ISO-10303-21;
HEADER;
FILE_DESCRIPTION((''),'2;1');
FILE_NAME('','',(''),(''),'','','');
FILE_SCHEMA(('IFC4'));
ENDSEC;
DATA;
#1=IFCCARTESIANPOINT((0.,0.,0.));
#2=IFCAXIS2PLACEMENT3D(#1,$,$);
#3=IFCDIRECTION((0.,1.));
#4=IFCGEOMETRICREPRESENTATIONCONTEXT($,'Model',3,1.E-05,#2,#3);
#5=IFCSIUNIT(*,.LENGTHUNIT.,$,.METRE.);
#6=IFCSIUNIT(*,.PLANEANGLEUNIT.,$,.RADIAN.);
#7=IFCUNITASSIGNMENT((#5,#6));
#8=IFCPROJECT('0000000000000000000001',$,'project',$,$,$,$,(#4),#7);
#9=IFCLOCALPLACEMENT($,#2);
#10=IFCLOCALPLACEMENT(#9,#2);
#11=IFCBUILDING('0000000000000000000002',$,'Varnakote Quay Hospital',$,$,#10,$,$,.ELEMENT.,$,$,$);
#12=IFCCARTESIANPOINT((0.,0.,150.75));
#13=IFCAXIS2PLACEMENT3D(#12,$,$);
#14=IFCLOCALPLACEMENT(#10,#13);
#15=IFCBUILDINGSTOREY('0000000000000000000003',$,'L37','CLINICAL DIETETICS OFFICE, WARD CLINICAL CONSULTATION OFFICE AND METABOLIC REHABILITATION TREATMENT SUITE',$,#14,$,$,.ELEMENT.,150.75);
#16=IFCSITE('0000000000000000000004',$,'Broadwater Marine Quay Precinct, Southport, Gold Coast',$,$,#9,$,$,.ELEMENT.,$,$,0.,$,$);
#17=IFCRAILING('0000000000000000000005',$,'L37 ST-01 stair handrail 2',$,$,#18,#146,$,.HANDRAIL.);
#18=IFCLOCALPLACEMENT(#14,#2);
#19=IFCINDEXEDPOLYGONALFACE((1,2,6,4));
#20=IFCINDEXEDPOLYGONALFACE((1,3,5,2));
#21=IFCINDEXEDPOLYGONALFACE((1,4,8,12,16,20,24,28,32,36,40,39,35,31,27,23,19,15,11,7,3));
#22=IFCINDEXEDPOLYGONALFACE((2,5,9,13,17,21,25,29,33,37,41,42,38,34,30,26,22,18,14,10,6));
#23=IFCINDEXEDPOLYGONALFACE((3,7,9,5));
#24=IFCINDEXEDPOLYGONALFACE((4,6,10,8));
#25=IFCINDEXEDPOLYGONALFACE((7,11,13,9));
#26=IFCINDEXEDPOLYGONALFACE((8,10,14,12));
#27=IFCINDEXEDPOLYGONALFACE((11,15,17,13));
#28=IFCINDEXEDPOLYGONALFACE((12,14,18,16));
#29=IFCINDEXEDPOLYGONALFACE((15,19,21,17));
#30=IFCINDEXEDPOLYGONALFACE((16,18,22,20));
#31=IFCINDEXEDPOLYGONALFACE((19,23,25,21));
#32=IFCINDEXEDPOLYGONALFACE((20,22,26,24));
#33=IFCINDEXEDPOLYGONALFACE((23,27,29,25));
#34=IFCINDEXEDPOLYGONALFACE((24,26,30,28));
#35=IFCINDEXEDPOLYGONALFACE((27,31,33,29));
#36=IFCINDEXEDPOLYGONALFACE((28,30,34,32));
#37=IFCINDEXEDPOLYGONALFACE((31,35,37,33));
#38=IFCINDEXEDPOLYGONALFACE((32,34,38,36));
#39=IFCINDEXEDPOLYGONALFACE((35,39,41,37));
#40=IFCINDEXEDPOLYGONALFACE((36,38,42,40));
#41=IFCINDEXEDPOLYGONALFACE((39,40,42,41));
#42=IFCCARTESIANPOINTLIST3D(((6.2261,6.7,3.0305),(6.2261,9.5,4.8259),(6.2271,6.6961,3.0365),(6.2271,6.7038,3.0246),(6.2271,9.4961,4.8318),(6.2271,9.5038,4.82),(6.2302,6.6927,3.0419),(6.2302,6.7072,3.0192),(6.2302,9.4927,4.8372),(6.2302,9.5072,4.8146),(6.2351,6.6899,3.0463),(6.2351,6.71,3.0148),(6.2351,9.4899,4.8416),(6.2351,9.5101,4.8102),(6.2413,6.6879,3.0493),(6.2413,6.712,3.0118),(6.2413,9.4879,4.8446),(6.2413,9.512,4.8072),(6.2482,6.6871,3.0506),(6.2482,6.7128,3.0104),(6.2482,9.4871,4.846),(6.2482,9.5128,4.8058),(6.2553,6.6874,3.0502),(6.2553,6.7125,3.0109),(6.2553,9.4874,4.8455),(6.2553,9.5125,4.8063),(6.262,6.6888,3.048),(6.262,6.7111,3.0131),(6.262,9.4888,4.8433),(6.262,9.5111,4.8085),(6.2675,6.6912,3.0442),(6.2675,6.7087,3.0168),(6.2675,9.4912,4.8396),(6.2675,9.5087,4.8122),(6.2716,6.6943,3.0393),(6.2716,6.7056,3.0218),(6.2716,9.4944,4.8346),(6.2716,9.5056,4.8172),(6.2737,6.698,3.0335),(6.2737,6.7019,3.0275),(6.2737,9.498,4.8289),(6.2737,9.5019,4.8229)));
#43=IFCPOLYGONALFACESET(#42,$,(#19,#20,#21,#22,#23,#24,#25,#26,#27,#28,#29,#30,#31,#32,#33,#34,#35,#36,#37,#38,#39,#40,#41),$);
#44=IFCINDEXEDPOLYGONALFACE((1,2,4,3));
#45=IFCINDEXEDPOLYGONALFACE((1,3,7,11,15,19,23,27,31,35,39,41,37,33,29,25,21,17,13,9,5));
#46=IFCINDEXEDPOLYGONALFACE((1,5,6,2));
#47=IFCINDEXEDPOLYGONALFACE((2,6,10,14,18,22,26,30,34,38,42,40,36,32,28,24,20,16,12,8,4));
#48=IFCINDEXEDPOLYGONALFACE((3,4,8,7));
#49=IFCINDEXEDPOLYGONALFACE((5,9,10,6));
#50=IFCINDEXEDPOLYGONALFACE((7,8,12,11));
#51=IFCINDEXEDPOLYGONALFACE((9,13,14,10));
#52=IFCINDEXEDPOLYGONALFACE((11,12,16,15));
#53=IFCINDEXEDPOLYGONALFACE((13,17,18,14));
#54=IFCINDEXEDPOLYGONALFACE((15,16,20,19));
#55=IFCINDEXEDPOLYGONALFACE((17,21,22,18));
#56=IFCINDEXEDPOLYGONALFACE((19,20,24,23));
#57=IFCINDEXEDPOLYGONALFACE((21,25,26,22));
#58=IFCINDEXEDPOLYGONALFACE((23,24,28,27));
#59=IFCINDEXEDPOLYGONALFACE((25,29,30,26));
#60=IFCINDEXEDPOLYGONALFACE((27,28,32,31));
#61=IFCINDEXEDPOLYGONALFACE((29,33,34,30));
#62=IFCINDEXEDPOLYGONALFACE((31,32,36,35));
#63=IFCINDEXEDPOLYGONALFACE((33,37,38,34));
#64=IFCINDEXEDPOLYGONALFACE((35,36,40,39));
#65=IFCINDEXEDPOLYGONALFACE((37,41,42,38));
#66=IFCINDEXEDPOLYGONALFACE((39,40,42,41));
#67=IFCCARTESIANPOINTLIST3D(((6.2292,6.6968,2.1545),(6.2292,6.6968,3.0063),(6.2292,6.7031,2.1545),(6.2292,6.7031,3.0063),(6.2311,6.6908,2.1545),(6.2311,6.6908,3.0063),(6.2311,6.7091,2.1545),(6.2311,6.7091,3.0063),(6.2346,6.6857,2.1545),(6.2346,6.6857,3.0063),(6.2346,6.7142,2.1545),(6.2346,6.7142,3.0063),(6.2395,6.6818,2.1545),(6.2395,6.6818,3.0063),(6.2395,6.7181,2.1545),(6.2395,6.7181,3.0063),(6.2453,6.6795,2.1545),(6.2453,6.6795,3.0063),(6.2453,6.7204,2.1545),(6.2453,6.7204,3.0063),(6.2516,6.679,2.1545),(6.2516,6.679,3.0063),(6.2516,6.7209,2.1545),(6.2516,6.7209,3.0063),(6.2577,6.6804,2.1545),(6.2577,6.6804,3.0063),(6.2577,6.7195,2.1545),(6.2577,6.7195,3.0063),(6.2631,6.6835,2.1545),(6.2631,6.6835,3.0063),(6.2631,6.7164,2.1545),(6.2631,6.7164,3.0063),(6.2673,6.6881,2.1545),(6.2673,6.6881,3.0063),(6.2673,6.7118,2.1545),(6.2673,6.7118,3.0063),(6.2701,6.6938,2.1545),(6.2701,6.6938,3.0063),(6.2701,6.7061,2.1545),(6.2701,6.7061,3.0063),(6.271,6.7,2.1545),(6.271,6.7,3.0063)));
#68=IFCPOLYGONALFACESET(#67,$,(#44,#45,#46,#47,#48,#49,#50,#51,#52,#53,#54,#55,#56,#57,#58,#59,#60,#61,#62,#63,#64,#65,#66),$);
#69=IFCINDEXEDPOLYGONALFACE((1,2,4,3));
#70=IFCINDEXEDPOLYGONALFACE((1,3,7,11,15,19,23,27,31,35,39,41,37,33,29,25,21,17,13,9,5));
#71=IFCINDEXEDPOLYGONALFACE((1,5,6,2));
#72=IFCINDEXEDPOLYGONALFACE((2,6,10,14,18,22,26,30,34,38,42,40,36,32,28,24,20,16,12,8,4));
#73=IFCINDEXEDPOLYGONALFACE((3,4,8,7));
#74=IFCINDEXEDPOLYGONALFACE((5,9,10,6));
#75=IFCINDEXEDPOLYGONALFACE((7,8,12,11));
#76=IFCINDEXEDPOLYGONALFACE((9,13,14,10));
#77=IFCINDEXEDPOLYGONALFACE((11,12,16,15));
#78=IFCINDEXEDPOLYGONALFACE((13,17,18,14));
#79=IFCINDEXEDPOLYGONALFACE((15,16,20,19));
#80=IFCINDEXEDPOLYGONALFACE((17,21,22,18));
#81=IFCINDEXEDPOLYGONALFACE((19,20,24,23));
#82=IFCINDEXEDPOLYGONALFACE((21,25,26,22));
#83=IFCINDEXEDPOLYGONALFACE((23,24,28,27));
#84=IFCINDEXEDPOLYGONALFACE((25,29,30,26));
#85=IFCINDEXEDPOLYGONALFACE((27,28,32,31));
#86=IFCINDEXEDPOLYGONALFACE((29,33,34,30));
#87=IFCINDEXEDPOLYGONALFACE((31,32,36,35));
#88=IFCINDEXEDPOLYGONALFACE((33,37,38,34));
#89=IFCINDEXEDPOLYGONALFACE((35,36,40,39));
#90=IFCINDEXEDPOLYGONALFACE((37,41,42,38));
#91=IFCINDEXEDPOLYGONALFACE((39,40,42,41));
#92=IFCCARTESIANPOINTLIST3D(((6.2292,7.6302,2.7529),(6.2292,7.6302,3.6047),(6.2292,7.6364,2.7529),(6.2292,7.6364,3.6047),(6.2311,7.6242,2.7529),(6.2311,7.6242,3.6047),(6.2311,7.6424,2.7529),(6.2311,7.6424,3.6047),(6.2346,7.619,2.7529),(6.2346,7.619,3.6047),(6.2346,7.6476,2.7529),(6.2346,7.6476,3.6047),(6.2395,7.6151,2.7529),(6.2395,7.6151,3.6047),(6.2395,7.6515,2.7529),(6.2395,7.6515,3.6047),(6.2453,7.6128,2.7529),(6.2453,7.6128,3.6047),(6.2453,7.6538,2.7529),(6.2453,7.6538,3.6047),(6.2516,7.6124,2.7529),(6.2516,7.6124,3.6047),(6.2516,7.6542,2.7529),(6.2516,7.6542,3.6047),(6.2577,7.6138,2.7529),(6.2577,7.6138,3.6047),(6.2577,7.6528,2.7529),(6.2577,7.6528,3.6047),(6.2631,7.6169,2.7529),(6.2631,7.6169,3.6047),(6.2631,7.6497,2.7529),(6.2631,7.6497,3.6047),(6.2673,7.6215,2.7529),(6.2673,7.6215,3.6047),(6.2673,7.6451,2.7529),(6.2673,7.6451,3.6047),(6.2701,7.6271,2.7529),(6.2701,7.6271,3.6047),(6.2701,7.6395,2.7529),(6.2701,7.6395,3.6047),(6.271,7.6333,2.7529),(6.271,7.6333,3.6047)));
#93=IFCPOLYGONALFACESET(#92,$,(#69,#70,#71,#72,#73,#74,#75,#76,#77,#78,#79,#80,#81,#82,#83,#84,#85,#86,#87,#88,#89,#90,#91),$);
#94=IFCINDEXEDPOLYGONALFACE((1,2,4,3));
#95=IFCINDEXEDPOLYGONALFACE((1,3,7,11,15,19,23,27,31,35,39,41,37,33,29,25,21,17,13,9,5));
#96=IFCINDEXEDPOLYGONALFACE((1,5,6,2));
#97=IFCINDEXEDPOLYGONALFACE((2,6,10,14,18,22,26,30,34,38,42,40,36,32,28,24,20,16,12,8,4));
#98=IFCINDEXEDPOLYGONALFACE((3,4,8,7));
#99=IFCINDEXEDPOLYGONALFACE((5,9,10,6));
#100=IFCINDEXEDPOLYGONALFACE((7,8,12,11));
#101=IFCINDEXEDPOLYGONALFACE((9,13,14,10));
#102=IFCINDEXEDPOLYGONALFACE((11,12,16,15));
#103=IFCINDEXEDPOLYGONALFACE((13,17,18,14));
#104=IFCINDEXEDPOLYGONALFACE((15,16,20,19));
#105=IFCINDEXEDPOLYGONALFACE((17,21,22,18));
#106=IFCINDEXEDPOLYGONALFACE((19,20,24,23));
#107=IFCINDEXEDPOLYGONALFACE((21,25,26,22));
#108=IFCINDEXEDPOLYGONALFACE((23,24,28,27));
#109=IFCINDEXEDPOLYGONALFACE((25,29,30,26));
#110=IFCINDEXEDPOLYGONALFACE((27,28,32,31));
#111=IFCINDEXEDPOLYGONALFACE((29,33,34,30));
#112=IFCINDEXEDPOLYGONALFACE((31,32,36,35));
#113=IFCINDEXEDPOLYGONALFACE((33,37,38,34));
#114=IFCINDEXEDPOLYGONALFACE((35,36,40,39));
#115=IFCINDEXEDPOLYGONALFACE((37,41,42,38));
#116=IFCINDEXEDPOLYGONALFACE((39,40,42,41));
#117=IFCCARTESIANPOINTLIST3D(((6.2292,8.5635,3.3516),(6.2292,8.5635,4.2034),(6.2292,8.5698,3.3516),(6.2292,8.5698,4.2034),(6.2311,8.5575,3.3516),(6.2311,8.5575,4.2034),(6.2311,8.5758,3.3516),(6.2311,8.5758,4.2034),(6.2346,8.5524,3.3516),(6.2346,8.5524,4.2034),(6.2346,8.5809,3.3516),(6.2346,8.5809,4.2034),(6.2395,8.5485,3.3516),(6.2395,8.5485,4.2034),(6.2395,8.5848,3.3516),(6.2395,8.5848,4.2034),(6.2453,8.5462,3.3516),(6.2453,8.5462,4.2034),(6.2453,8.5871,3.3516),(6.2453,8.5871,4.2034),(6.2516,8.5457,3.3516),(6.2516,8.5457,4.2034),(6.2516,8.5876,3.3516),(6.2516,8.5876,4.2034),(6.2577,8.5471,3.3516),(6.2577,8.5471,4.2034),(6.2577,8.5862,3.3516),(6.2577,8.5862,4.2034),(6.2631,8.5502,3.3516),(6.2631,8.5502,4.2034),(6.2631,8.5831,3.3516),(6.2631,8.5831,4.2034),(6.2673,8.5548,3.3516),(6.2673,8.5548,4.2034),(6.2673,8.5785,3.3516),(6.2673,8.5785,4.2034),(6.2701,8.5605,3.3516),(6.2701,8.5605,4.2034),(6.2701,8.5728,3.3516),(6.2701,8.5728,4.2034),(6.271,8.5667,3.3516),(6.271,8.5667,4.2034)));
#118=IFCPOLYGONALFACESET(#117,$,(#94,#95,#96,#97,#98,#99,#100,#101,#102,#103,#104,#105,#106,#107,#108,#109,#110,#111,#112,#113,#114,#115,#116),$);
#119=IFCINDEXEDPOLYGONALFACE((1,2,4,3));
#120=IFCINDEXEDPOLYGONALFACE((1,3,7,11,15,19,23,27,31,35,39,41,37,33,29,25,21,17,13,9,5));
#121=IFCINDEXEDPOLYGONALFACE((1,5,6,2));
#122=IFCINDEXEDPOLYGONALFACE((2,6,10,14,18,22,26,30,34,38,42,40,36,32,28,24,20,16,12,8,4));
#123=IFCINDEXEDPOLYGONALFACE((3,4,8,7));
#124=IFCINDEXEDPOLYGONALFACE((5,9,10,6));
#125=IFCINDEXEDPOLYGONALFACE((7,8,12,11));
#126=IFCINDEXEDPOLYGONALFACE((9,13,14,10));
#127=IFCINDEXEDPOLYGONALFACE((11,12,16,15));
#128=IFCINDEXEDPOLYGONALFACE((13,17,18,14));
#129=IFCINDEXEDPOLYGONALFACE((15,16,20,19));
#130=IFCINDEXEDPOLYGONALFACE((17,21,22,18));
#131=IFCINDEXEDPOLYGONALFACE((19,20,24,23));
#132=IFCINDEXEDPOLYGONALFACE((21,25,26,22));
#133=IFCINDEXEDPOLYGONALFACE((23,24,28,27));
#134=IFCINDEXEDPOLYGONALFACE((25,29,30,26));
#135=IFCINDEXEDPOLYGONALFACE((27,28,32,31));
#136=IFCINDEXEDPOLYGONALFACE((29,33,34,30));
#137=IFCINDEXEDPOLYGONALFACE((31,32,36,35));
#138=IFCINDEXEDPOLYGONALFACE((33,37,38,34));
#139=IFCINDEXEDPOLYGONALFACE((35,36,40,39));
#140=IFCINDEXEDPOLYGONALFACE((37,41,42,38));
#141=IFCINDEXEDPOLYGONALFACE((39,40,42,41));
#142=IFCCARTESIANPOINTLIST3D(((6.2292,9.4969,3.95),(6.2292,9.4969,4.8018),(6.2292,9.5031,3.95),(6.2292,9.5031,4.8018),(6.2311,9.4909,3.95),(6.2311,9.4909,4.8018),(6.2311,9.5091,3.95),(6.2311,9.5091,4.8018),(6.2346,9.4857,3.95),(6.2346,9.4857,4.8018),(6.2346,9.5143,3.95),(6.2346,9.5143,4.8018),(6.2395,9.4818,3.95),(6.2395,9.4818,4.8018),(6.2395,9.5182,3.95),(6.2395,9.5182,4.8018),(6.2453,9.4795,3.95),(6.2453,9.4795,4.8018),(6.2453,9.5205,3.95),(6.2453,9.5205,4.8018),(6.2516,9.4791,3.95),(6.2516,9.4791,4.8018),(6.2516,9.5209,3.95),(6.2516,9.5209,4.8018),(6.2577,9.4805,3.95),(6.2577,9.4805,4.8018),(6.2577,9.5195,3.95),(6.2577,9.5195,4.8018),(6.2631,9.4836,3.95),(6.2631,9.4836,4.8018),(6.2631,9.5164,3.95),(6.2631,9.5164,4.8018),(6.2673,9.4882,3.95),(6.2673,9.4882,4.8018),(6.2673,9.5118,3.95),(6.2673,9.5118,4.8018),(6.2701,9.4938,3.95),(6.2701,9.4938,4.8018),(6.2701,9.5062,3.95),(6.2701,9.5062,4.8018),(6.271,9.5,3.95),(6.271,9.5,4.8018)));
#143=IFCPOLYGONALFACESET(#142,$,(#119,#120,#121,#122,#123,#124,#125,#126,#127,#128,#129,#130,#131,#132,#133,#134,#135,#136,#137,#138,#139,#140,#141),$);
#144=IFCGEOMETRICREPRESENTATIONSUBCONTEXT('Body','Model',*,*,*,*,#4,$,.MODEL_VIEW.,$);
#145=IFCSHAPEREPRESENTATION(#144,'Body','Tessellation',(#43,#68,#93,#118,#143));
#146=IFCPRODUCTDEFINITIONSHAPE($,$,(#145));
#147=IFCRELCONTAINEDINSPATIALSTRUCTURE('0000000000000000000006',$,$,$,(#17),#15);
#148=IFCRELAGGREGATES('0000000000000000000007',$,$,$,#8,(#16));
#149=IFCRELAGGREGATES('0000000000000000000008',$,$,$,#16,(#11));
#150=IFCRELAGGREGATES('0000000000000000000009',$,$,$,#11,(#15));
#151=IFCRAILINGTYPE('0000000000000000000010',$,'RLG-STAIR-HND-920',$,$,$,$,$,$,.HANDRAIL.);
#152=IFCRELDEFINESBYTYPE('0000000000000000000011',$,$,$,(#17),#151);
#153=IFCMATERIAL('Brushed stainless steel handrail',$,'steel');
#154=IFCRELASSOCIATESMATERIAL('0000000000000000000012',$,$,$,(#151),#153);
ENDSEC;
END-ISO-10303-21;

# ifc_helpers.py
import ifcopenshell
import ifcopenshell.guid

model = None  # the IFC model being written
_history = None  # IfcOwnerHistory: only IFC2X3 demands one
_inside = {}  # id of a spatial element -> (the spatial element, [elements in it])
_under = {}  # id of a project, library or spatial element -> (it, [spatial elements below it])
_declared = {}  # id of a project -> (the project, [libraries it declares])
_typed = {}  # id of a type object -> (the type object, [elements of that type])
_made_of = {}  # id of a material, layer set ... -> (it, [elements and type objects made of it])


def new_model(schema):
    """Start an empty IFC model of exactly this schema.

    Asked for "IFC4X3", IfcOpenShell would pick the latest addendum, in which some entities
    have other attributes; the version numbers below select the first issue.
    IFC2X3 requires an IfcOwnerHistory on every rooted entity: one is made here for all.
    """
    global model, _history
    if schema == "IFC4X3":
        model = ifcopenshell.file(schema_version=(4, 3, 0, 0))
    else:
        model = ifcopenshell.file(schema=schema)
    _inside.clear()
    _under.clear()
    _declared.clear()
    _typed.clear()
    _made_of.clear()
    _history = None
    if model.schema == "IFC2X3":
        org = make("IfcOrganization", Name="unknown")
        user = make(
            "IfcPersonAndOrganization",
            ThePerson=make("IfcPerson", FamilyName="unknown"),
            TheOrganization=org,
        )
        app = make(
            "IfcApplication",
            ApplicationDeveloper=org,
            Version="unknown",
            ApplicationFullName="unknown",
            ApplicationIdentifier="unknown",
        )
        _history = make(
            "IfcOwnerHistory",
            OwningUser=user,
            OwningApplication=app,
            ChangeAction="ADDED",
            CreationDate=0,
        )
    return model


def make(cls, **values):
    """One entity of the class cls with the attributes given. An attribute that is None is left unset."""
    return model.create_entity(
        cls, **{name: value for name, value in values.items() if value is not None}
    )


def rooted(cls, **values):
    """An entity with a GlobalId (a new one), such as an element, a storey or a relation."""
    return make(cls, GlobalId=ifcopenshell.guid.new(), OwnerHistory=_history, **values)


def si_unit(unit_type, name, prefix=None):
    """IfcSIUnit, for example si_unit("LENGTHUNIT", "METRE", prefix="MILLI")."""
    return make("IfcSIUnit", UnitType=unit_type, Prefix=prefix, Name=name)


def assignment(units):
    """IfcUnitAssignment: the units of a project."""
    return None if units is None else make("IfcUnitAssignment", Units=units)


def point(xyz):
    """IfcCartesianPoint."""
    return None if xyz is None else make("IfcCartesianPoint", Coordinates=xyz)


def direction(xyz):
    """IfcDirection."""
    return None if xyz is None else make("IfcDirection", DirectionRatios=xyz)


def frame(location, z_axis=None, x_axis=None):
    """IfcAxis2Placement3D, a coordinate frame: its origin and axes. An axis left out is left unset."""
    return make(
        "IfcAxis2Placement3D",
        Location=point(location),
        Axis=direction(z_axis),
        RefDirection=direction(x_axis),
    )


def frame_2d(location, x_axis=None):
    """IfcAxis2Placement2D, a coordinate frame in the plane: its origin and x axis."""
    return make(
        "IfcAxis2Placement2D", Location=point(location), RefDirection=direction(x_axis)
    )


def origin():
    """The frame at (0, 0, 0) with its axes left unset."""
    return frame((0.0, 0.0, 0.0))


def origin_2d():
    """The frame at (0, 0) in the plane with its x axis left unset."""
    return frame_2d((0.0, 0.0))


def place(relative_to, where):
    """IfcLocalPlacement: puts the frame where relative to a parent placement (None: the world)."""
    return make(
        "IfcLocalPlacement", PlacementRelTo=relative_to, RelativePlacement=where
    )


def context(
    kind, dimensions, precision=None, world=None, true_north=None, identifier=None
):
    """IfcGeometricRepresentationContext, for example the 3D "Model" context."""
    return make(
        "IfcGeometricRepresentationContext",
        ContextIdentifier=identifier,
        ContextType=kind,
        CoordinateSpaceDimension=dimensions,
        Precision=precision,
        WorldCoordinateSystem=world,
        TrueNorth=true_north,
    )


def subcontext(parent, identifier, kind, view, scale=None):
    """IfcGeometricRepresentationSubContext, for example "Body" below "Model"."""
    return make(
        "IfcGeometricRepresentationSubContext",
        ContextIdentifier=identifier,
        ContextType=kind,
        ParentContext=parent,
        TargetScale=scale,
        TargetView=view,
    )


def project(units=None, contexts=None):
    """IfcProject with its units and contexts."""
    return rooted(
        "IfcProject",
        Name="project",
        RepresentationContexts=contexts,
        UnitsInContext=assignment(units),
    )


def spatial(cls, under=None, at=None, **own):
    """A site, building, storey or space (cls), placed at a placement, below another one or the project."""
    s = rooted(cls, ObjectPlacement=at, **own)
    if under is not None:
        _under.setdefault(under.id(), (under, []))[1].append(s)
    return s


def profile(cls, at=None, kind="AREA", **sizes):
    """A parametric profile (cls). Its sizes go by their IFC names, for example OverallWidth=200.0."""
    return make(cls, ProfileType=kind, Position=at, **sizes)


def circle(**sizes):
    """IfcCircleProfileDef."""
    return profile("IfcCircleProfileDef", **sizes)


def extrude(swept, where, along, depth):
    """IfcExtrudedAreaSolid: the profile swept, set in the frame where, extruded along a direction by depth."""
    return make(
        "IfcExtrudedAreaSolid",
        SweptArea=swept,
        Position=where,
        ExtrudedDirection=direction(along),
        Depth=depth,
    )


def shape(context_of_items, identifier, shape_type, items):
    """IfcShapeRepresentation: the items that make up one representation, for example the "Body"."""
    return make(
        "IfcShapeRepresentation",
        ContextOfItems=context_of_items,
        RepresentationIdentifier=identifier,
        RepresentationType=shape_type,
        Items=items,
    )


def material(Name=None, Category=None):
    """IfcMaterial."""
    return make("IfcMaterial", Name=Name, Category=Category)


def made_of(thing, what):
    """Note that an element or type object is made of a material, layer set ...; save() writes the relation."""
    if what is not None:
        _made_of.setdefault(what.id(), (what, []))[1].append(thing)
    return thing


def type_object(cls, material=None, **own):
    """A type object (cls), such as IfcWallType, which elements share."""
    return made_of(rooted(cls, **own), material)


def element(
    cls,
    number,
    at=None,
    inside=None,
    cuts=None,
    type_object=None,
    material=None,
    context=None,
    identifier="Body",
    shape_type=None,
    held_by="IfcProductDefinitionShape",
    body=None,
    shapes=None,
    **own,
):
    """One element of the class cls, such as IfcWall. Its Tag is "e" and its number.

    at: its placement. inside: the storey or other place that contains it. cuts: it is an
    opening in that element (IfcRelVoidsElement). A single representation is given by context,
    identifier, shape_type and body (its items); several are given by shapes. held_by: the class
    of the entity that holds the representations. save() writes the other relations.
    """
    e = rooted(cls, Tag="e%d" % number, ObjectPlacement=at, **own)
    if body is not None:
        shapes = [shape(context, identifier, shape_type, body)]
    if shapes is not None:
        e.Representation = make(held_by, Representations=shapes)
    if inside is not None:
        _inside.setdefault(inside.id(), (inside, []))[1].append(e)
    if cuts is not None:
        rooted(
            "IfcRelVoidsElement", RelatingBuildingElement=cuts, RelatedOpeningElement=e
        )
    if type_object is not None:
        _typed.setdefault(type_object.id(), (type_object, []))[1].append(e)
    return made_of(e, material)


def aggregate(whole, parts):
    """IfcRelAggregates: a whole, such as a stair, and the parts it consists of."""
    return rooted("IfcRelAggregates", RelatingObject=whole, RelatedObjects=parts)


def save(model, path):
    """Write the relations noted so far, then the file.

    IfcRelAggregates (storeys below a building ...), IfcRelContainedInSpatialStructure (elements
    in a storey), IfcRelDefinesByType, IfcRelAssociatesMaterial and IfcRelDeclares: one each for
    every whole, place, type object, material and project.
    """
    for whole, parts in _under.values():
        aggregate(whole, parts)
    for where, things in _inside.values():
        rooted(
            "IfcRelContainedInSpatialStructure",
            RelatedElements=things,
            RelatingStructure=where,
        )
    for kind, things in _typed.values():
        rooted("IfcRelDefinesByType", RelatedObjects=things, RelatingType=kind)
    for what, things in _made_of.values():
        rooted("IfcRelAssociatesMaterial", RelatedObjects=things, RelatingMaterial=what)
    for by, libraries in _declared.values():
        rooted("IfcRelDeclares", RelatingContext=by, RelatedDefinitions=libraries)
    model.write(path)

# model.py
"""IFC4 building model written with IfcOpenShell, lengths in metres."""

from ifc_helpers import new_model, si_unit, direction, frame, origin, origin_2d, place, context, subcontext, project, spatial, circle, extrude, material, type_object, element, save


model = new_model("IFC4")

# Units and contexts
model_context = context("Model", 3, precision=1e-05, world=origin(), true_north=direction((0.0, 1.0)))
body_context = subcontext(model_context, "Body", "Model", "MODEL_VIEW")
ifc_project = project(units=[si_unit("LENGTHUNIT", "METRE"), si_unit("PLANEANGLEUNIT", "RADIAN")], contexts=[model_context])

# Site, building, storey
site_placement = place(None, origin())
site = spatial("IfcSite", under=ifc_project, at=site_placement, Name="Broadwater Marine Quay Precinct, Southport, Gold Coast", CompositionType="ELEMENT", RefElevation=0.0)
building_placement = place(site_placement, origin())
building = spatial("IfcBuilding", under=site, at=building_placement, Name="Varnakote Quay Hospital", CompositionType="ELEMENT")
storey_placement = place(building_placement, frame((0.0, 0.0, 150.75)))
storey = spatial("IfcBuildingStorey", under=building, at=storey_placement, Name="L37", Description="CLINICAL DIETETICS OFFICE, WARD CLINICAL CONSULTATION OFFICE AND METABOLIC REHABILITATION TREATMENT SUITE", CompositionType="ELEMENT", Elevation=150.75)

# Railing
ifc_material_1 = material(Name="Brushed stainless steel handrail", Category="steel")
railing_type_1 = type_object("IfcRailingType", Name="RLG-STAIR-HND-920", PredefinedType="HANDRAIL", material=ifc_material_1)
railing_1_placement = place(storey_placement, frame((6.25, 6.7, 2.1545)))
element("IfcRailing", 1, at=railing_1_placement, inside=storey, type_object=railing_type_1, Name="L37 ST-01 stair handrail 2", PredefinedType="HANDRAIL", context=body_context, shape_type="SweptSolid", body=[
    extrude(circle(Radius=0.0239, at=origin_2d()), frame((0.0, 0.0, 0.876), z_axis=(0.0, 0.84181, 0.539774), x_axis=(-1.0, 0.0, 0.0)), (0.0, 0.0, 1.0), 3.3262),
    extrude(circle(Radius=0.021, at=origin_2d()), origin(), (0.0, 0.0, 1.0), 0.8518),
    extrude(circle(Radius=0.021, at=origin_2d()), frame((0.0, 0.9333, 0.5984)), (0.0, 0.0, 1.0), 0.8518),
    extrude(circle(Radius=0.021, at=origin_2d()), frame((0.0, 1.8667, 1.197)), (0.0, 0.0, 1.0), 0.8518),
    extrude(circle(Radius=0.021, at=origin_2d()), frame((0.0, 2.8, 1.7954)), (0.0, 0.0, 1.0), 0.8518),
])

save(model, "model.ifc")
